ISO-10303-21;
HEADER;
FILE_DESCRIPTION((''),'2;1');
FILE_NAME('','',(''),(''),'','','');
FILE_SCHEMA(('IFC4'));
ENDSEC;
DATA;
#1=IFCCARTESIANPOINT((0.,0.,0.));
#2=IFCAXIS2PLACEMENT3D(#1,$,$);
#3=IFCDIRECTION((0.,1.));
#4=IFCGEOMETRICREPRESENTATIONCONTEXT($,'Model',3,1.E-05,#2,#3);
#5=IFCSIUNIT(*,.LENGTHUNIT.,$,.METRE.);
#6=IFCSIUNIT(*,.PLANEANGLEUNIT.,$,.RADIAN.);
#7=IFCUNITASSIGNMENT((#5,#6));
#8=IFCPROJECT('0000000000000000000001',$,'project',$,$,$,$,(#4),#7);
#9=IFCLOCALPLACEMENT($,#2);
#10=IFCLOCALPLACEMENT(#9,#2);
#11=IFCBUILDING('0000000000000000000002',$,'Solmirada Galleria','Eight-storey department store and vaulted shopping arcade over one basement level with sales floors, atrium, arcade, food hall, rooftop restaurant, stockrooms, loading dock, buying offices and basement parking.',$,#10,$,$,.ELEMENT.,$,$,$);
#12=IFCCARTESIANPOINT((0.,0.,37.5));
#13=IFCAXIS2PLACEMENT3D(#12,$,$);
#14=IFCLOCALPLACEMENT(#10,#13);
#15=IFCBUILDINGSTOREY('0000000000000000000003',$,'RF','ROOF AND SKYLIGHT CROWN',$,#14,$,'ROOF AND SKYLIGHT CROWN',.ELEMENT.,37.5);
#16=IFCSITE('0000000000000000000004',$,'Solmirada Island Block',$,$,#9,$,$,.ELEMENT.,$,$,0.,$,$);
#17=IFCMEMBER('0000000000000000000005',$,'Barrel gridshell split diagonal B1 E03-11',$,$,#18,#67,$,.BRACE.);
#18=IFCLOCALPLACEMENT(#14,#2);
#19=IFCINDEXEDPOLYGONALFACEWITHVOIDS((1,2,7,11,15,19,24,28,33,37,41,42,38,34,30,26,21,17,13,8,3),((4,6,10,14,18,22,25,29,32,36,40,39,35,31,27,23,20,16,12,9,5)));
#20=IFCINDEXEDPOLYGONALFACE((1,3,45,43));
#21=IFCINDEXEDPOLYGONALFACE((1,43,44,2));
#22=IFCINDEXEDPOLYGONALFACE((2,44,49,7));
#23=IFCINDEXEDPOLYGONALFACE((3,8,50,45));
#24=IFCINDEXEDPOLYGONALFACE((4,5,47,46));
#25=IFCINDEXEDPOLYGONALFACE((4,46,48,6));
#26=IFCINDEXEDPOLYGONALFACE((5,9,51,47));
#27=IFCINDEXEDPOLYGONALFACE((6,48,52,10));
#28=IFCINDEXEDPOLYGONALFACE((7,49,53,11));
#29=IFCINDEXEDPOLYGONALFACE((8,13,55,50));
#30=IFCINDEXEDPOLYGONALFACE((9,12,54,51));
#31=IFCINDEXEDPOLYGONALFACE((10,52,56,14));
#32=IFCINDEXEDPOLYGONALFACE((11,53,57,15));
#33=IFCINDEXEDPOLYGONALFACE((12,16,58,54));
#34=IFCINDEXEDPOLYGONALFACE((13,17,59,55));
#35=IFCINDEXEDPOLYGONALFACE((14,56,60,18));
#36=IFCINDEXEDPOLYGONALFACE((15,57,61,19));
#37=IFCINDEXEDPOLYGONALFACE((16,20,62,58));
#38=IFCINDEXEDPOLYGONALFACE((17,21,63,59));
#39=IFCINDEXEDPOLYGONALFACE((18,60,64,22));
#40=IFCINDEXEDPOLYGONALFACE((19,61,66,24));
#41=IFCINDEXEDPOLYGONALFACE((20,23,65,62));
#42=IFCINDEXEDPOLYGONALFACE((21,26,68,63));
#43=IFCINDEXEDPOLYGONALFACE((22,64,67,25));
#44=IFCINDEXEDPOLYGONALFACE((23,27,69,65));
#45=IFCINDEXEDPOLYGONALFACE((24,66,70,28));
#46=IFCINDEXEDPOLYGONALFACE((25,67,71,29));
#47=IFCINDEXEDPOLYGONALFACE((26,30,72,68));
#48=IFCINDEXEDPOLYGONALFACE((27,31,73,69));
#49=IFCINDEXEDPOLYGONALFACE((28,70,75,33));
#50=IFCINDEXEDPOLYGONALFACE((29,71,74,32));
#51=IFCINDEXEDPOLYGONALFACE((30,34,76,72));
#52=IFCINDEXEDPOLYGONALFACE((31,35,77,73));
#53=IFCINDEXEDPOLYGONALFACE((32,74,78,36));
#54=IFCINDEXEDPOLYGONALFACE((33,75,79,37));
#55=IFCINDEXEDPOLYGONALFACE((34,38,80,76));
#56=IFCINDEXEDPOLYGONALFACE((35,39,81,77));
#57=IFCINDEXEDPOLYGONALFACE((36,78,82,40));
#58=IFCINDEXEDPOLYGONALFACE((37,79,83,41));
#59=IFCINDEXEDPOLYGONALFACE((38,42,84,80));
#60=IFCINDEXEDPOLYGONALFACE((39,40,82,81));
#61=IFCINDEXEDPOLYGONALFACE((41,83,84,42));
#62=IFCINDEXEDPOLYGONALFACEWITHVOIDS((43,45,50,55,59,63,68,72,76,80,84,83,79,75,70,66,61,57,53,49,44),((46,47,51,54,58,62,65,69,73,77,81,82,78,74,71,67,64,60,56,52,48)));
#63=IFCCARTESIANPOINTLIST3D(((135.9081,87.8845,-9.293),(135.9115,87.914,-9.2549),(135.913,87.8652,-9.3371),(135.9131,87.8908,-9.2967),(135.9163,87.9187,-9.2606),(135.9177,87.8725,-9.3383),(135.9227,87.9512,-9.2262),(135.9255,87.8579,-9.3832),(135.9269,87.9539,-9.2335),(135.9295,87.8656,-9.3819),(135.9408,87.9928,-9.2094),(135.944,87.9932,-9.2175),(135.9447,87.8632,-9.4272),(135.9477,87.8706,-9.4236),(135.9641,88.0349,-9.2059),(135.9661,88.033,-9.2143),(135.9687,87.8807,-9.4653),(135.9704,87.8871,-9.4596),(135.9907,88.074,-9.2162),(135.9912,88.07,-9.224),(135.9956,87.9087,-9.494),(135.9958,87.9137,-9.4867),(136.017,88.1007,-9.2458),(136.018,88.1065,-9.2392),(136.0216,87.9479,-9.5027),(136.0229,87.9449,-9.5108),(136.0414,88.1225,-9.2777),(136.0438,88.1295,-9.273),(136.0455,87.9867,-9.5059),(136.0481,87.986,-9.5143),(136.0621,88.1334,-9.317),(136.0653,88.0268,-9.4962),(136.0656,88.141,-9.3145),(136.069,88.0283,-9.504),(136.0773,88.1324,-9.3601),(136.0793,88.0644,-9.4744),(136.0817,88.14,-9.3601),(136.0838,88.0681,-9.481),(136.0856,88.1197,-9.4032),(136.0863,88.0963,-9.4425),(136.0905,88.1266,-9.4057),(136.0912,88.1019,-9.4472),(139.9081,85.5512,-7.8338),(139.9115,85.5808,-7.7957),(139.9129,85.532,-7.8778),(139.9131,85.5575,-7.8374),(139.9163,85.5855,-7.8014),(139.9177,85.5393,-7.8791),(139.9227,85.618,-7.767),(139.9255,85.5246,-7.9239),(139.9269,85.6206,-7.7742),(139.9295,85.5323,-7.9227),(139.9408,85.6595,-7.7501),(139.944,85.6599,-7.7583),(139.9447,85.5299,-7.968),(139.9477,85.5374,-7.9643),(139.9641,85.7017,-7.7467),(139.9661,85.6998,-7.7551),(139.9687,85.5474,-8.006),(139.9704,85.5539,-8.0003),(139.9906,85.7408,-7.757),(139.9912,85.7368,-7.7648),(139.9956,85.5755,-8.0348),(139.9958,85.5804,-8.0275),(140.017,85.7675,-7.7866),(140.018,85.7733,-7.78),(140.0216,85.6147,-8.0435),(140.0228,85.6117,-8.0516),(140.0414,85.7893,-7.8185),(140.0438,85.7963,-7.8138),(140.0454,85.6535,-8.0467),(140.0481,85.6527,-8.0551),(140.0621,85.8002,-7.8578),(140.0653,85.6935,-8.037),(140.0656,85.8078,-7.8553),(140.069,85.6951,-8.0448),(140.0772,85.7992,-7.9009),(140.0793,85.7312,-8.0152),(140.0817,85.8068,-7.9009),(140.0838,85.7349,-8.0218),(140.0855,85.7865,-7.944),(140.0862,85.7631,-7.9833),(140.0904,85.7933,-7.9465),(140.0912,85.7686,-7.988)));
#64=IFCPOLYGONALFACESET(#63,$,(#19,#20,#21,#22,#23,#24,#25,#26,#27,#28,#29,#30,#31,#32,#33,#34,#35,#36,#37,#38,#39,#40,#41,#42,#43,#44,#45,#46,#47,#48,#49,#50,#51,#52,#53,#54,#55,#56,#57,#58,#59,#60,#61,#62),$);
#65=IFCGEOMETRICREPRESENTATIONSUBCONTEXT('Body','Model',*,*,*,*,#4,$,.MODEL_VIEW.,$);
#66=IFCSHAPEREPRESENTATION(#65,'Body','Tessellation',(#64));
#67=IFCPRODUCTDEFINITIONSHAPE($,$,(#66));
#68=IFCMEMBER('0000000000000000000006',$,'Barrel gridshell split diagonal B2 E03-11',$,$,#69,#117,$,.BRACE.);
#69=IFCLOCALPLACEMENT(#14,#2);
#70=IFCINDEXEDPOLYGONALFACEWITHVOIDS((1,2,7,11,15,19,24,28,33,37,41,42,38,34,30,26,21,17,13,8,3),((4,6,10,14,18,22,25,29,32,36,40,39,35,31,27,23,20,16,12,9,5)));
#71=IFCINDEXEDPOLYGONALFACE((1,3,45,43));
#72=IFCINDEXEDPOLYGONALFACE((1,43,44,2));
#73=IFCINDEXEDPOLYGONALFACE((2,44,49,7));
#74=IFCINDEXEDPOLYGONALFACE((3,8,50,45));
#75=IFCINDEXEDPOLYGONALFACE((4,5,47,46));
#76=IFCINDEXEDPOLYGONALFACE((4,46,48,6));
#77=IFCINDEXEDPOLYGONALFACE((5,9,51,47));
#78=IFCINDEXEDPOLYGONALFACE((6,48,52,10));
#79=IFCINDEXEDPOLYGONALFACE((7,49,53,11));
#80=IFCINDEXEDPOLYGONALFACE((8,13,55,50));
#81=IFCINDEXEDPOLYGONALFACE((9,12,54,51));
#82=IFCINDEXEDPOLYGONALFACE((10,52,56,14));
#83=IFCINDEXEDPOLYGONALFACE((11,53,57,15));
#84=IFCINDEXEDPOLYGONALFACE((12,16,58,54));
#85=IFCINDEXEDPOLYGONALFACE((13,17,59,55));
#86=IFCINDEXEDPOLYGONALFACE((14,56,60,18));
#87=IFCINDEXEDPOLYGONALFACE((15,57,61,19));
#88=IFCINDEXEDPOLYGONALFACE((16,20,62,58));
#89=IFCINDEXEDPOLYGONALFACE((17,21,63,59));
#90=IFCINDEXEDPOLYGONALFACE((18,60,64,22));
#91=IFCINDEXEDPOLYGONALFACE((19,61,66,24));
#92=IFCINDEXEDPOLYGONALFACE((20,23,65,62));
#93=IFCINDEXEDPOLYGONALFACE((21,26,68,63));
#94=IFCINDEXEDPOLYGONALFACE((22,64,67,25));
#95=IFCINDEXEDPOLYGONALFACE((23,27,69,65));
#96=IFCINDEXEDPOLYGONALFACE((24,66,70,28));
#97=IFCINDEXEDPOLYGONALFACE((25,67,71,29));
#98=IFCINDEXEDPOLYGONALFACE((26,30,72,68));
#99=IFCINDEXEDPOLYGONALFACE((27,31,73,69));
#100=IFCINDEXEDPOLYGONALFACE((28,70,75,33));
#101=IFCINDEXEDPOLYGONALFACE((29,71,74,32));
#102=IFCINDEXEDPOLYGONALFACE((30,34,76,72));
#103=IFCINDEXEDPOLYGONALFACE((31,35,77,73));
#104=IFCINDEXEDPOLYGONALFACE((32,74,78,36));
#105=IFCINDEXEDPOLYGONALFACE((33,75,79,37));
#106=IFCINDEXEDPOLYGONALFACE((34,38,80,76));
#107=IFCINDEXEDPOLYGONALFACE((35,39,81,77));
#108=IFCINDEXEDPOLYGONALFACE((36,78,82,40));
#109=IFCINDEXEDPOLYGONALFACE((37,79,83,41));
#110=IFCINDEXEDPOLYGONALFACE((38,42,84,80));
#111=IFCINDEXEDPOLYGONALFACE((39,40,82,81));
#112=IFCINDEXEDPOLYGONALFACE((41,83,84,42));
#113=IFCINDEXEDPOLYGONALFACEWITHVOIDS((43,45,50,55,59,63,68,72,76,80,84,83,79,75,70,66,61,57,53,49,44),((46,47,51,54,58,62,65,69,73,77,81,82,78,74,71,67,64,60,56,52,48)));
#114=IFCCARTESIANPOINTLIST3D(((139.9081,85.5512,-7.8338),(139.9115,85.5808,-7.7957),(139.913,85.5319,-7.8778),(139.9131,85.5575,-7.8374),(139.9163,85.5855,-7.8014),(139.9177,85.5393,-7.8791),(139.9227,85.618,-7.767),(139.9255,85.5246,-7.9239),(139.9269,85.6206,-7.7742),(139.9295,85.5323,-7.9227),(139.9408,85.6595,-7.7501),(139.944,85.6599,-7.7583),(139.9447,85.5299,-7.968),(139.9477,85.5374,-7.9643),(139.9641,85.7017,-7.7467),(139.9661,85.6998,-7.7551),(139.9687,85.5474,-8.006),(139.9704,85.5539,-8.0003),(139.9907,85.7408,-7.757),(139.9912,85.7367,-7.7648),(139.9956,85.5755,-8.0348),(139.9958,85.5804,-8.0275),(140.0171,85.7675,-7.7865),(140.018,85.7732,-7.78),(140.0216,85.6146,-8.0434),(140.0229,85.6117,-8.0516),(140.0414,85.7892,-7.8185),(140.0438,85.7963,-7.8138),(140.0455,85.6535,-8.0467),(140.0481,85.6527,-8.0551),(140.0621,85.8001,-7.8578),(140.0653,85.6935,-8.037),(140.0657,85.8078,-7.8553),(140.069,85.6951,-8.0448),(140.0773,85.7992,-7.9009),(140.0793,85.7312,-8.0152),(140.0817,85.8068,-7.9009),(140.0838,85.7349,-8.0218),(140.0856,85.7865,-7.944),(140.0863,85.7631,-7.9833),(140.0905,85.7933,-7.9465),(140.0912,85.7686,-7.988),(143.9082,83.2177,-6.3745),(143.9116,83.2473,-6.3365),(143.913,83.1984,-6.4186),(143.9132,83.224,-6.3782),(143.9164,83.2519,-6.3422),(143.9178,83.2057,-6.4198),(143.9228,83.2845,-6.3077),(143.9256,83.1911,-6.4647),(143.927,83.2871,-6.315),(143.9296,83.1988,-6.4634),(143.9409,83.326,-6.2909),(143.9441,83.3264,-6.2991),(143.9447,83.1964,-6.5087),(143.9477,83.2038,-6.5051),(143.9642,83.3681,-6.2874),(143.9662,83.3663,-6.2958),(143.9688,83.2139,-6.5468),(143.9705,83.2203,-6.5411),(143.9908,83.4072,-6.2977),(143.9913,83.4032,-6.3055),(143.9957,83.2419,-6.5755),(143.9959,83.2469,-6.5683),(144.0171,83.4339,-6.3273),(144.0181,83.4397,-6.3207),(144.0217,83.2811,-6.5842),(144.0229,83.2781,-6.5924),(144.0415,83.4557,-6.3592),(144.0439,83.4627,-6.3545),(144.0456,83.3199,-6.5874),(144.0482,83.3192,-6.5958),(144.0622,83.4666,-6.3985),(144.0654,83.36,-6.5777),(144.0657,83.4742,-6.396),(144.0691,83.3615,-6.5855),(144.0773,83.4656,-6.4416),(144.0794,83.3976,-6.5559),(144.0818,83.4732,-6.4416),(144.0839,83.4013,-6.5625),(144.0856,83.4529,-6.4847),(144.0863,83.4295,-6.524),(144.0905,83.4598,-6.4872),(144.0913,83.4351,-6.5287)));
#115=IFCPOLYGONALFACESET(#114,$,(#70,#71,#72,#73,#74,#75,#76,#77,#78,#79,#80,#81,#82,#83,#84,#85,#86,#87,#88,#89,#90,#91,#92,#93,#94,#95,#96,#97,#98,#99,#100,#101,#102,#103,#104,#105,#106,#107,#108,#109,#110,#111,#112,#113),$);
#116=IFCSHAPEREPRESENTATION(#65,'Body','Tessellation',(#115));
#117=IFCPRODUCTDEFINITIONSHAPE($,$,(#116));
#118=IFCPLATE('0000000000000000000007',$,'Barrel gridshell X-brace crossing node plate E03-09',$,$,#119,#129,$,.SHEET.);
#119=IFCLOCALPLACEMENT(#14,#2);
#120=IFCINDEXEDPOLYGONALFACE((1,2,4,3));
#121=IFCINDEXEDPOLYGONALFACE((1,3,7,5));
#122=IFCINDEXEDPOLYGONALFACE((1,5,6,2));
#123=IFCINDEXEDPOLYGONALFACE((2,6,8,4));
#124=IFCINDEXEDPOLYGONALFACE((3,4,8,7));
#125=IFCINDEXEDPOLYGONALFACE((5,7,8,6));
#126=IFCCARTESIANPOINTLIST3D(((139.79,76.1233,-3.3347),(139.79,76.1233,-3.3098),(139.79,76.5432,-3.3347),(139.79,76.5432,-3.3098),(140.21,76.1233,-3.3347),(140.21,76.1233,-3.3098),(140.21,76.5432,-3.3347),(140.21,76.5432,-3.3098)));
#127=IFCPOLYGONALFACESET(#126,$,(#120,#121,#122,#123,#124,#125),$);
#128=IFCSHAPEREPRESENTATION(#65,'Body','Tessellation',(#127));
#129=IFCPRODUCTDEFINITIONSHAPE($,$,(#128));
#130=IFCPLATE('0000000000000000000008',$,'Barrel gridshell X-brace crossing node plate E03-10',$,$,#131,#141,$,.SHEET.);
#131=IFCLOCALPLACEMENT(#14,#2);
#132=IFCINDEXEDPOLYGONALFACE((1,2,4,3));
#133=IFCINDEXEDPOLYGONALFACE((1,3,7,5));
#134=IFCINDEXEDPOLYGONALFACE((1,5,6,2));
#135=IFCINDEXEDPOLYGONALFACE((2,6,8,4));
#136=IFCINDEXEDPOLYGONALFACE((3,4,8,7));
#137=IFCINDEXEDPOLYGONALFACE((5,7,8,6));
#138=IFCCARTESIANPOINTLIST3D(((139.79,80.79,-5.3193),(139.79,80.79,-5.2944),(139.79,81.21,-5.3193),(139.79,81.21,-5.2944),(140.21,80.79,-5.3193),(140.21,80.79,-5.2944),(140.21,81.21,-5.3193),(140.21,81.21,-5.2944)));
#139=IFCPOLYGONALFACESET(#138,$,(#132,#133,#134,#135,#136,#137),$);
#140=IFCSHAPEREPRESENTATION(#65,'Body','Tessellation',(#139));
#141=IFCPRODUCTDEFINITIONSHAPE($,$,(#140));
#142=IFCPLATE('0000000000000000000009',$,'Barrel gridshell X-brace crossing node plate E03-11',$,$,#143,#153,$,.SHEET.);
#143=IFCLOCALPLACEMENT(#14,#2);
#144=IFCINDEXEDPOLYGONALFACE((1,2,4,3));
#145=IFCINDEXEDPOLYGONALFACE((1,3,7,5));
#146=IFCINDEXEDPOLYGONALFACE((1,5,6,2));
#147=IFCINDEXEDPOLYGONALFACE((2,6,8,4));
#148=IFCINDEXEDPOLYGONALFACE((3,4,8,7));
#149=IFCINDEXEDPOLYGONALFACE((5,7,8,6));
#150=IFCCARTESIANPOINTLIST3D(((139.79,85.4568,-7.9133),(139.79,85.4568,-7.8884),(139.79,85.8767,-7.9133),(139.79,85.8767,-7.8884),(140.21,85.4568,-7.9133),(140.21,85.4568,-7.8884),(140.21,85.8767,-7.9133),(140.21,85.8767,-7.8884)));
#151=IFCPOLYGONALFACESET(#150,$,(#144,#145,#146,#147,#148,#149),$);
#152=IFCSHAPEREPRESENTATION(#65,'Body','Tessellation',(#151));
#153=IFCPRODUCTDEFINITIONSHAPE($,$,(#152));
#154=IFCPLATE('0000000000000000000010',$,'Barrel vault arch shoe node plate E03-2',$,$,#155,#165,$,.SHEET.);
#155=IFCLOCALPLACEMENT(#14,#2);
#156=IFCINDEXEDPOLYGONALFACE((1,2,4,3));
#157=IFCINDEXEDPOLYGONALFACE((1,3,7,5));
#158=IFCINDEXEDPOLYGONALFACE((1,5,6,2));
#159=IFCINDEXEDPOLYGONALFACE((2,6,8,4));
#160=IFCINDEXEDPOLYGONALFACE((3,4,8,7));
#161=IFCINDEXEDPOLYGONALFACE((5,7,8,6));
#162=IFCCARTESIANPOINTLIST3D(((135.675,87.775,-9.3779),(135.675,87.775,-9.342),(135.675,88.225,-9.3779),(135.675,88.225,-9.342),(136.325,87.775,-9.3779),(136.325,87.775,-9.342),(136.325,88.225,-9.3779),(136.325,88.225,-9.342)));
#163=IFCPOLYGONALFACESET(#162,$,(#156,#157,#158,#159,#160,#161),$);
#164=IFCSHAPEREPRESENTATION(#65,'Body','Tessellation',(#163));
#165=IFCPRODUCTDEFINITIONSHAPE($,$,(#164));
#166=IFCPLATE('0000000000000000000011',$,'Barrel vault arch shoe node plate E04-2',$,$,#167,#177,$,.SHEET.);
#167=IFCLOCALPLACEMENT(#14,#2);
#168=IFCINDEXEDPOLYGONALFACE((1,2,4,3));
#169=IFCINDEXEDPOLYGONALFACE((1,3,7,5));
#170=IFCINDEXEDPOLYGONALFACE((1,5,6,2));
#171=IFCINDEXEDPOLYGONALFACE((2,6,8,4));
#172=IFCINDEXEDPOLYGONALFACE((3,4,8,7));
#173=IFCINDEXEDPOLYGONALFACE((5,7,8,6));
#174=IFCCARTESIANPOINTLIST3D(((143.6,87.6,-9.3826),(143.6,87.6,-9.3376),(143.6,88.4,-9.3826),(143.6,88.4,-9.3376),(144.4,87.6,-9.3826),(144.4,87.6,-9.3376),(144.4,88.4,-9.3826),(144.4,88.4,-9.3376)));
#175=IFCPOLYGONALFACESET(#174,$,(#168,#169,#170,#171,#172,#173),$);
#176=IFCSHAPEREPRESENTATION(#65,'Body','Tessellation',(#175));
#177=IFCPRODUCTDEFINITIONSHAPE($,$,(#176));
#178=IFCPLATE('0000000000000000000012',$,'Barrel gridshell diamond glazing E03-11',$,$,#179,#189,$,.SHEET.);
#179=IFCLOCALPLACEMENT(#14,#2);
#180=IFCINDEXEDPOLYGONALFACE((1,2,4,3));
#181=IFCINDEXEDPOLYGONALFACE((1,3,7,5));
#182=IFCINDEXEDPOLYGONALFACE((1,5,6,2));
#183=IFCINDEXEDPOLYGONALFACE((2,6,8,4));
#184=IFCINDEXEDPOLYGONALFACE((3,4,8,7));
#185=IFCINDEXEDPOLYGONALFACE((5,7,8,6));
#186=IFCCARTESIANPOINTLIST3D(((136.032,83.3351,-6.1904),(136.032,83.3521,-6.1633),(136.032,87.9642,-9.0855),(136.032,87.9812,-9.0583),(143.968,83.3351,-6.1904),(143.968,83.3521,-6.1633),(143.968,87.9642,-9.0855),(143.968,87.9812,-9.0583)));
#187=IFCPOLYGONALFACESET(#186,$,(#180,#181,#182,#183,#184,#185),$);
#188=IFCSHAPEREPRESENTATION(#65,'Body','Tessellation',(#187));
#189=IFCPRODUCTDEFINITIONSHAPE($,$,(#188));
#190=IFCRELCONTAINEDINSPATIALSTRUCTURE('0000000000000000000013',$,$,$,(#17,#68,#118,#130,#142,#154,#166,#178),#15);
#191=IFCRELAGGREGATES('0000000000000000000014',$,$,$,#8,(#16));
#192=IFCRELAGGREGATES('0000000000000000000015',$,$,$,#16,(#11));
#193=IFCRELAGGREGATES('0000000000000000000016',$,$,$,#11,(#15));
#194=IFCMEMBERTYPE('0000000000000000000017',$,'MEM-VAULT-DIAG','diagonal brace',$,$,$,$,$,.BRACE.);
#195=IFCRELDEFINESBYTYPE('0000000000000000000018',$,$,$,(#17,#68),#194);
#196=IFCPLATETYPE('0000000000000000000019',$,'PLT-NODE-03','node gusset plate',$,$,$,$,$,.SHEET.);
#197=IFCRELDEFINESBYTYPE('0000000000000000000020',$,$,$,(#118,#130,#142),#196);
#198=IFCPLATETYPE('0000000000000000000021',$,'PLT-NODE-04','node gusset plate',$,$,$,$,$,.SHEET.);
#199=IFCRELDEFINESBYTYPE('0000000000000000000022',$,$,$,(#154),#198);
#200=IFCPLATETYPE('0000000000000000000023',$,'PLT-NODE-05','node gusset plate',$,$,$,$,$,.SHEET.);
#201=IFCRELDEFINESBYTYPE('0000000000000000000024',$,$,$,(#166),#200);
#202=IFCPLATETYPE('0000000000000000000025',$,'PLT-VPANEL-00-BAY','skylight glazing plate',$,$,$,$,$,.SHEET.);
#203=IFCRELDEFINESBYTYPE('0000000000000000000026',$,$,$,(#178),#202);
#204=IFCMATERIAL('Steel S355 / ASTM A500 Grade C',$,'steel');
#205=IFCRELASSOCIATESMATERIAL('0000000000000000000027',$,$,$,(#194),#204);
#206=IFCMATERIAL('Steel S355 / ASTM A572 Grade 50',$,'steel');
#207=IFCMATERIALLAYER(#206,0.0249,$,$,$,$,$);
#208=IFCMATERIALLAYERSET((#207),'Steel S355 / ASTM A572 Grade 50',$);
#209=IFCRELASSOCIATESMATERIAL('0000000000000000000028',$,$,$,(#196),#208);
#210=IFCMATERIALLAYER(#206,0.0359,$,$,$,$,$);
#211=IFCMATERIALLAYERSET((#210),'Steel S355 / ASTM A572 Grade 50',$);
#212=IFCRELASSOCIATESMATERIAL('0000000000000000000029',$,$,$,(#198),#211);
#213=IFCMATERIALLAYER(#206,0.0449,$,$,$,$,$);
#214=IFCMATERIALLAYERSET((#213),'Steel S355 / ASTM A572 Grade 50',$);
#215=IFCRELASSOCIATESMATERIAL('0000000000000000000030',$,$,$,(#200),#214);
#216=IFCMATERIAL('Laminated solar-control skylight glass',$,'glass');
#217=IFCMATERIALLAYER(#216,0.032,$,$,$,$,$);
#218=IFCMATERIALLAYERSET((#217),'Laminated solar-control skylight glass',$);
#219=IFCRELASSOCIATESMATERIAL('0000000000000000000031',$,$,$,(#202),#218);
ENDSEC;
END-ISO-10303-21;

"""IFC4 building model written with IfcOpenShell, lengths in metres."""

from ifc_helpers import new_model, si_unit, direction, frame, origin, origin_2d, place, context, subcontext, project, spatial, polyline, rectangle, hollow_circle, outline, extrude, material, layer, layer_set, material_profile, profile_set, type_object, element, save


model = new_model("IFC4")

# Units and contexts
model_context = context("Model", 3, precision=1e-05, world=origin(), true_north=direction((0.0, 1.0)))
body_context = subcontext(model_context, "Body", "Model", "MODEL_VIEW")
ifc_project = project(units=[si_unit("LENGTHUNIT", "METRE"), si_unit("PLANEANGLEUNIT", "RADIAN")], contexts=[model_context])

# Site, building, storey
site_placement = place(None, origin())
site = spatial("IfcSite", under=ifc_project, at=site_placement, Name="Solmirada Island Block", CompositionType="ELEMENT", RefElevation=0.0)
building_placement = place(site_placement, origin())
building = spatial("IfcBuilding", under=site, at=building_placement, Name="Solmirada Galleria", Description="Eight-storey department store and vaulted shopping arcade over one basement level with sales floors, atrium, arcade, food hall, rooftop restaurant, stockrooms, loading dock, buying offices and basement parking.", CompositionType="ELEMENT")
storey_placement = place(building_placement, frame((0.0, 0.0, 37.5)))
storey = spatial("IfcBuildingStorey", under=building, at=storey_placement, Name="RF", Description="ROOF AND SKYLIGHT CROWN", LongName="ROOF AND SKYLIGHT CROWN", CompositionType="ELEMENT", Elevation=37.5)

# Members
ifc_material_1 = material(Name="Steel S355 / ASTM A500 Grade C", Category="steel")
ifc_material_profile_1 = material_profile(ifc_material_1, hollow_circle(Radius=0.1621, WallThickness=0.0088, at=origin_2d()), Name="HSS12.750X0.375")
ifc_profile_set_1 = profile_set([ifc_material_profile_1], Name="Steel S355 / ASTM A500 Grade C")
member_type_1 = type_object("IfcMemberType", Name="MEM-VAULT-DIAG", Description="diagonal brace", PredefinedType="BRACE", material=ifc_profile_set_1)
member_1_placement = place(storey_placement, frame((136.0, 88.0, -9.3601), z_axis=(0.823851, -0.480563, 0.300547), x_axis=(0.503858, 0.863787, 0.0)))
element("IfcMember", 1, at=member_1_placement, inside=storey, type_object=member_type_1, Name="Barrel gridshell split diagonal B1 E03-11", PredefinedType="BRACE", context=body_context, shape_type="SweptSolid", body=[
    extrude(hollow_circle(Radius=0.1621, WallThickness=0.0088, at=origin_2d()), origin(), (0.0, 0.0, 1.0), 4.8552),
])
member_2_placement = place(storey_placement, frame((140.0, 85.6667, -7.9009), z_axis=(0.823831, -0.480602, 0.30054), x_axis=(0.503897, 0.863764, 0.0)))
element("IfcMember", 2, at=member_2_placement, inside=storey, type_object=member_type_1, Name="Barrel gridshell split diagonal B2 E03-11", PredefinedType="BRACE", context=body_context, shape_type="SweptSolid", body=[
    extrude(hollow_circle(Radius=0.1621, WallThickness=0.0088, at=origin_2d()), origin(), (0.0, 0.0, 1.0), 4.8555),
])

# Plates
ifc_material_2 = material(Name="Steel S355 / ASTM A572 Grade 50", Category="steel")
ifc_layer_1 = layer(ifc_material_2, 0.0249)
ifc_layer_set_1 = layer_set([ifc_layer_1], Name="Steel S355 / ASTM A572 Grade 50")
plate_type_1 = type_object("IfcPlateType", Name="PLT-NODE-03", Description="node gusset plate", PredefinedType="SHEET", material=ifc_layer_set_1)
for number, where, z_axis, x_axis, name in (
    (3, (140.0, 76.3333, -3.3347), (0.0, 0.0, 1.0), (1.0, 0.0, 0.0), "Barrel gridshell X-brace crossing node plate E03-09"),
    (4, (140.0, 81.0, -5.3193), (0.0, 0.0, 1.0), (1.0, 0.0, 0.0), "Barrel gridshell X-brace crossing node plate E03-10"),
    (5, (140.0, 85.6667, -7.9133), (0.0, 0.0, 1.0), (1.0, 0.0, 0.0), "Barrel gridshell X-brace crossing node plate E03-11"),
):
    element("IfcPlate", number, at=place(storey_placement, frame(where, z_axis=z_axis, x_axis=x_axis)), inside=storey, type_object=plate_type_1, Name=name, PredefinedType="SHEET", context=body_context, shape_type="SweptSolid", body=[
        extrude(rectangle(XDim=0.4199, YDim=0.4199, at=origin_2d()), origin(), (0.0, 0.0, 1.0), 0.0249),
    ])
ifc_layer_2 = layer(ifc_material_2, 0.0359)
ifc_layer_set_2 = layer_set([ifc_layer_2], Name="Steel S355 / ASTM A572 Grade 50")
plate_type_2 = type_object("IfcPlateType", Name="PLT-NODE-04", Description="node gusset plate", PredefinedType="SHEET", material=ifc_layer_set_2)
plate_1_placement = place(storey_placement, frame((136.0, 88.0, -9.3779), z_axis=(0.0, 0.0, 1.0), x_axis=(1.0, 0.0, 0.0)))
element("IfcPlate", 6, at=plate_1_placement, inside=storey, type_object=plate_type_2, Name="Barrel vault arch shoe node plate E03-2", PredefinedType="SHEET", context=body_context, shape_type="SweptSolid", body=[
    extrude(rectangle(XDim=0.6499, YDim=0.45, at=origin_2d()), origin(), (0.0, 0.0, 1.0), 0.0359),
])
ifc_layer_3 = layer(ifc_material_2, 0.0449)
ifc_layer_set_3 = layer_set([ifc_layer_3], Name="Steel S355 / ASTM A572 Grade 50")
plate_type_3 = type_object("IfcPlateType", Name="PLT-NODE-05", Description="node gusset plate", PredefinedType="SHEET", material=ifc_layer_set_3)
plate_2_placement = place(storey_placement, frame((144.0, 88.0, -9.3826), z_axis=(0.0, 0.0, 1.0), x_axis=(1.0, 0.0, 0.0)))
element("IfcPlate", 7, at=plate_2_placement, inside=storey, type_object=plate_type_3, Name="Barrel vault arch shoe node plate E04-2", PredefinedType="SHEET", context=body_context, shape_type="SweptSolid", body=[
    extrude(rectangle(XDim=0.8, YDim=0.8, at=origin_2d()), origin(), (0.0, 0.0, 1.0), 0.0449),
])
ifc_material_3 = material(Name="Laminated solar-control skylight glass", Category="glass")
ifc_layer_4 = layer(ifc_material_3, 0.032)
ifc_layer_set_4 = layer_set([ifc_layer_4], Name="Laminated solar-control skylight glass")
plate_type_4 = type_object("IfcPlateType", Name="PLT-VPANEL-00-BAY", Description="skylight glazing plate", PredefinedType="SHEET", material=ifc_layer_set_4)
plate_3_placement = place(storey_placement, frame((136.032, 83.3521, -6.1633), z_axis=(0.0, 0.530236, 0.84785), x_axis=(1.0, 0.0, 0.0)))
element("IfcPlate", 8, at=plate_3_placement, inside=storey, type_object=plate_type_4, Name="Barrel gridshell diamond glazing E03-11", PredefinedType="SHEET", context=body_context, shape_type="SweptSolid", body=[
    extrude(outline(polyline([(0.0, 0.0), (7.936, 0.0), (7.936, 5.4599), (0.0, 5.4599), (0.0, 0.0)])), origin(), (0.0, 0.0, -1.0), 0.032),
])

save(model, "model.ifc")
